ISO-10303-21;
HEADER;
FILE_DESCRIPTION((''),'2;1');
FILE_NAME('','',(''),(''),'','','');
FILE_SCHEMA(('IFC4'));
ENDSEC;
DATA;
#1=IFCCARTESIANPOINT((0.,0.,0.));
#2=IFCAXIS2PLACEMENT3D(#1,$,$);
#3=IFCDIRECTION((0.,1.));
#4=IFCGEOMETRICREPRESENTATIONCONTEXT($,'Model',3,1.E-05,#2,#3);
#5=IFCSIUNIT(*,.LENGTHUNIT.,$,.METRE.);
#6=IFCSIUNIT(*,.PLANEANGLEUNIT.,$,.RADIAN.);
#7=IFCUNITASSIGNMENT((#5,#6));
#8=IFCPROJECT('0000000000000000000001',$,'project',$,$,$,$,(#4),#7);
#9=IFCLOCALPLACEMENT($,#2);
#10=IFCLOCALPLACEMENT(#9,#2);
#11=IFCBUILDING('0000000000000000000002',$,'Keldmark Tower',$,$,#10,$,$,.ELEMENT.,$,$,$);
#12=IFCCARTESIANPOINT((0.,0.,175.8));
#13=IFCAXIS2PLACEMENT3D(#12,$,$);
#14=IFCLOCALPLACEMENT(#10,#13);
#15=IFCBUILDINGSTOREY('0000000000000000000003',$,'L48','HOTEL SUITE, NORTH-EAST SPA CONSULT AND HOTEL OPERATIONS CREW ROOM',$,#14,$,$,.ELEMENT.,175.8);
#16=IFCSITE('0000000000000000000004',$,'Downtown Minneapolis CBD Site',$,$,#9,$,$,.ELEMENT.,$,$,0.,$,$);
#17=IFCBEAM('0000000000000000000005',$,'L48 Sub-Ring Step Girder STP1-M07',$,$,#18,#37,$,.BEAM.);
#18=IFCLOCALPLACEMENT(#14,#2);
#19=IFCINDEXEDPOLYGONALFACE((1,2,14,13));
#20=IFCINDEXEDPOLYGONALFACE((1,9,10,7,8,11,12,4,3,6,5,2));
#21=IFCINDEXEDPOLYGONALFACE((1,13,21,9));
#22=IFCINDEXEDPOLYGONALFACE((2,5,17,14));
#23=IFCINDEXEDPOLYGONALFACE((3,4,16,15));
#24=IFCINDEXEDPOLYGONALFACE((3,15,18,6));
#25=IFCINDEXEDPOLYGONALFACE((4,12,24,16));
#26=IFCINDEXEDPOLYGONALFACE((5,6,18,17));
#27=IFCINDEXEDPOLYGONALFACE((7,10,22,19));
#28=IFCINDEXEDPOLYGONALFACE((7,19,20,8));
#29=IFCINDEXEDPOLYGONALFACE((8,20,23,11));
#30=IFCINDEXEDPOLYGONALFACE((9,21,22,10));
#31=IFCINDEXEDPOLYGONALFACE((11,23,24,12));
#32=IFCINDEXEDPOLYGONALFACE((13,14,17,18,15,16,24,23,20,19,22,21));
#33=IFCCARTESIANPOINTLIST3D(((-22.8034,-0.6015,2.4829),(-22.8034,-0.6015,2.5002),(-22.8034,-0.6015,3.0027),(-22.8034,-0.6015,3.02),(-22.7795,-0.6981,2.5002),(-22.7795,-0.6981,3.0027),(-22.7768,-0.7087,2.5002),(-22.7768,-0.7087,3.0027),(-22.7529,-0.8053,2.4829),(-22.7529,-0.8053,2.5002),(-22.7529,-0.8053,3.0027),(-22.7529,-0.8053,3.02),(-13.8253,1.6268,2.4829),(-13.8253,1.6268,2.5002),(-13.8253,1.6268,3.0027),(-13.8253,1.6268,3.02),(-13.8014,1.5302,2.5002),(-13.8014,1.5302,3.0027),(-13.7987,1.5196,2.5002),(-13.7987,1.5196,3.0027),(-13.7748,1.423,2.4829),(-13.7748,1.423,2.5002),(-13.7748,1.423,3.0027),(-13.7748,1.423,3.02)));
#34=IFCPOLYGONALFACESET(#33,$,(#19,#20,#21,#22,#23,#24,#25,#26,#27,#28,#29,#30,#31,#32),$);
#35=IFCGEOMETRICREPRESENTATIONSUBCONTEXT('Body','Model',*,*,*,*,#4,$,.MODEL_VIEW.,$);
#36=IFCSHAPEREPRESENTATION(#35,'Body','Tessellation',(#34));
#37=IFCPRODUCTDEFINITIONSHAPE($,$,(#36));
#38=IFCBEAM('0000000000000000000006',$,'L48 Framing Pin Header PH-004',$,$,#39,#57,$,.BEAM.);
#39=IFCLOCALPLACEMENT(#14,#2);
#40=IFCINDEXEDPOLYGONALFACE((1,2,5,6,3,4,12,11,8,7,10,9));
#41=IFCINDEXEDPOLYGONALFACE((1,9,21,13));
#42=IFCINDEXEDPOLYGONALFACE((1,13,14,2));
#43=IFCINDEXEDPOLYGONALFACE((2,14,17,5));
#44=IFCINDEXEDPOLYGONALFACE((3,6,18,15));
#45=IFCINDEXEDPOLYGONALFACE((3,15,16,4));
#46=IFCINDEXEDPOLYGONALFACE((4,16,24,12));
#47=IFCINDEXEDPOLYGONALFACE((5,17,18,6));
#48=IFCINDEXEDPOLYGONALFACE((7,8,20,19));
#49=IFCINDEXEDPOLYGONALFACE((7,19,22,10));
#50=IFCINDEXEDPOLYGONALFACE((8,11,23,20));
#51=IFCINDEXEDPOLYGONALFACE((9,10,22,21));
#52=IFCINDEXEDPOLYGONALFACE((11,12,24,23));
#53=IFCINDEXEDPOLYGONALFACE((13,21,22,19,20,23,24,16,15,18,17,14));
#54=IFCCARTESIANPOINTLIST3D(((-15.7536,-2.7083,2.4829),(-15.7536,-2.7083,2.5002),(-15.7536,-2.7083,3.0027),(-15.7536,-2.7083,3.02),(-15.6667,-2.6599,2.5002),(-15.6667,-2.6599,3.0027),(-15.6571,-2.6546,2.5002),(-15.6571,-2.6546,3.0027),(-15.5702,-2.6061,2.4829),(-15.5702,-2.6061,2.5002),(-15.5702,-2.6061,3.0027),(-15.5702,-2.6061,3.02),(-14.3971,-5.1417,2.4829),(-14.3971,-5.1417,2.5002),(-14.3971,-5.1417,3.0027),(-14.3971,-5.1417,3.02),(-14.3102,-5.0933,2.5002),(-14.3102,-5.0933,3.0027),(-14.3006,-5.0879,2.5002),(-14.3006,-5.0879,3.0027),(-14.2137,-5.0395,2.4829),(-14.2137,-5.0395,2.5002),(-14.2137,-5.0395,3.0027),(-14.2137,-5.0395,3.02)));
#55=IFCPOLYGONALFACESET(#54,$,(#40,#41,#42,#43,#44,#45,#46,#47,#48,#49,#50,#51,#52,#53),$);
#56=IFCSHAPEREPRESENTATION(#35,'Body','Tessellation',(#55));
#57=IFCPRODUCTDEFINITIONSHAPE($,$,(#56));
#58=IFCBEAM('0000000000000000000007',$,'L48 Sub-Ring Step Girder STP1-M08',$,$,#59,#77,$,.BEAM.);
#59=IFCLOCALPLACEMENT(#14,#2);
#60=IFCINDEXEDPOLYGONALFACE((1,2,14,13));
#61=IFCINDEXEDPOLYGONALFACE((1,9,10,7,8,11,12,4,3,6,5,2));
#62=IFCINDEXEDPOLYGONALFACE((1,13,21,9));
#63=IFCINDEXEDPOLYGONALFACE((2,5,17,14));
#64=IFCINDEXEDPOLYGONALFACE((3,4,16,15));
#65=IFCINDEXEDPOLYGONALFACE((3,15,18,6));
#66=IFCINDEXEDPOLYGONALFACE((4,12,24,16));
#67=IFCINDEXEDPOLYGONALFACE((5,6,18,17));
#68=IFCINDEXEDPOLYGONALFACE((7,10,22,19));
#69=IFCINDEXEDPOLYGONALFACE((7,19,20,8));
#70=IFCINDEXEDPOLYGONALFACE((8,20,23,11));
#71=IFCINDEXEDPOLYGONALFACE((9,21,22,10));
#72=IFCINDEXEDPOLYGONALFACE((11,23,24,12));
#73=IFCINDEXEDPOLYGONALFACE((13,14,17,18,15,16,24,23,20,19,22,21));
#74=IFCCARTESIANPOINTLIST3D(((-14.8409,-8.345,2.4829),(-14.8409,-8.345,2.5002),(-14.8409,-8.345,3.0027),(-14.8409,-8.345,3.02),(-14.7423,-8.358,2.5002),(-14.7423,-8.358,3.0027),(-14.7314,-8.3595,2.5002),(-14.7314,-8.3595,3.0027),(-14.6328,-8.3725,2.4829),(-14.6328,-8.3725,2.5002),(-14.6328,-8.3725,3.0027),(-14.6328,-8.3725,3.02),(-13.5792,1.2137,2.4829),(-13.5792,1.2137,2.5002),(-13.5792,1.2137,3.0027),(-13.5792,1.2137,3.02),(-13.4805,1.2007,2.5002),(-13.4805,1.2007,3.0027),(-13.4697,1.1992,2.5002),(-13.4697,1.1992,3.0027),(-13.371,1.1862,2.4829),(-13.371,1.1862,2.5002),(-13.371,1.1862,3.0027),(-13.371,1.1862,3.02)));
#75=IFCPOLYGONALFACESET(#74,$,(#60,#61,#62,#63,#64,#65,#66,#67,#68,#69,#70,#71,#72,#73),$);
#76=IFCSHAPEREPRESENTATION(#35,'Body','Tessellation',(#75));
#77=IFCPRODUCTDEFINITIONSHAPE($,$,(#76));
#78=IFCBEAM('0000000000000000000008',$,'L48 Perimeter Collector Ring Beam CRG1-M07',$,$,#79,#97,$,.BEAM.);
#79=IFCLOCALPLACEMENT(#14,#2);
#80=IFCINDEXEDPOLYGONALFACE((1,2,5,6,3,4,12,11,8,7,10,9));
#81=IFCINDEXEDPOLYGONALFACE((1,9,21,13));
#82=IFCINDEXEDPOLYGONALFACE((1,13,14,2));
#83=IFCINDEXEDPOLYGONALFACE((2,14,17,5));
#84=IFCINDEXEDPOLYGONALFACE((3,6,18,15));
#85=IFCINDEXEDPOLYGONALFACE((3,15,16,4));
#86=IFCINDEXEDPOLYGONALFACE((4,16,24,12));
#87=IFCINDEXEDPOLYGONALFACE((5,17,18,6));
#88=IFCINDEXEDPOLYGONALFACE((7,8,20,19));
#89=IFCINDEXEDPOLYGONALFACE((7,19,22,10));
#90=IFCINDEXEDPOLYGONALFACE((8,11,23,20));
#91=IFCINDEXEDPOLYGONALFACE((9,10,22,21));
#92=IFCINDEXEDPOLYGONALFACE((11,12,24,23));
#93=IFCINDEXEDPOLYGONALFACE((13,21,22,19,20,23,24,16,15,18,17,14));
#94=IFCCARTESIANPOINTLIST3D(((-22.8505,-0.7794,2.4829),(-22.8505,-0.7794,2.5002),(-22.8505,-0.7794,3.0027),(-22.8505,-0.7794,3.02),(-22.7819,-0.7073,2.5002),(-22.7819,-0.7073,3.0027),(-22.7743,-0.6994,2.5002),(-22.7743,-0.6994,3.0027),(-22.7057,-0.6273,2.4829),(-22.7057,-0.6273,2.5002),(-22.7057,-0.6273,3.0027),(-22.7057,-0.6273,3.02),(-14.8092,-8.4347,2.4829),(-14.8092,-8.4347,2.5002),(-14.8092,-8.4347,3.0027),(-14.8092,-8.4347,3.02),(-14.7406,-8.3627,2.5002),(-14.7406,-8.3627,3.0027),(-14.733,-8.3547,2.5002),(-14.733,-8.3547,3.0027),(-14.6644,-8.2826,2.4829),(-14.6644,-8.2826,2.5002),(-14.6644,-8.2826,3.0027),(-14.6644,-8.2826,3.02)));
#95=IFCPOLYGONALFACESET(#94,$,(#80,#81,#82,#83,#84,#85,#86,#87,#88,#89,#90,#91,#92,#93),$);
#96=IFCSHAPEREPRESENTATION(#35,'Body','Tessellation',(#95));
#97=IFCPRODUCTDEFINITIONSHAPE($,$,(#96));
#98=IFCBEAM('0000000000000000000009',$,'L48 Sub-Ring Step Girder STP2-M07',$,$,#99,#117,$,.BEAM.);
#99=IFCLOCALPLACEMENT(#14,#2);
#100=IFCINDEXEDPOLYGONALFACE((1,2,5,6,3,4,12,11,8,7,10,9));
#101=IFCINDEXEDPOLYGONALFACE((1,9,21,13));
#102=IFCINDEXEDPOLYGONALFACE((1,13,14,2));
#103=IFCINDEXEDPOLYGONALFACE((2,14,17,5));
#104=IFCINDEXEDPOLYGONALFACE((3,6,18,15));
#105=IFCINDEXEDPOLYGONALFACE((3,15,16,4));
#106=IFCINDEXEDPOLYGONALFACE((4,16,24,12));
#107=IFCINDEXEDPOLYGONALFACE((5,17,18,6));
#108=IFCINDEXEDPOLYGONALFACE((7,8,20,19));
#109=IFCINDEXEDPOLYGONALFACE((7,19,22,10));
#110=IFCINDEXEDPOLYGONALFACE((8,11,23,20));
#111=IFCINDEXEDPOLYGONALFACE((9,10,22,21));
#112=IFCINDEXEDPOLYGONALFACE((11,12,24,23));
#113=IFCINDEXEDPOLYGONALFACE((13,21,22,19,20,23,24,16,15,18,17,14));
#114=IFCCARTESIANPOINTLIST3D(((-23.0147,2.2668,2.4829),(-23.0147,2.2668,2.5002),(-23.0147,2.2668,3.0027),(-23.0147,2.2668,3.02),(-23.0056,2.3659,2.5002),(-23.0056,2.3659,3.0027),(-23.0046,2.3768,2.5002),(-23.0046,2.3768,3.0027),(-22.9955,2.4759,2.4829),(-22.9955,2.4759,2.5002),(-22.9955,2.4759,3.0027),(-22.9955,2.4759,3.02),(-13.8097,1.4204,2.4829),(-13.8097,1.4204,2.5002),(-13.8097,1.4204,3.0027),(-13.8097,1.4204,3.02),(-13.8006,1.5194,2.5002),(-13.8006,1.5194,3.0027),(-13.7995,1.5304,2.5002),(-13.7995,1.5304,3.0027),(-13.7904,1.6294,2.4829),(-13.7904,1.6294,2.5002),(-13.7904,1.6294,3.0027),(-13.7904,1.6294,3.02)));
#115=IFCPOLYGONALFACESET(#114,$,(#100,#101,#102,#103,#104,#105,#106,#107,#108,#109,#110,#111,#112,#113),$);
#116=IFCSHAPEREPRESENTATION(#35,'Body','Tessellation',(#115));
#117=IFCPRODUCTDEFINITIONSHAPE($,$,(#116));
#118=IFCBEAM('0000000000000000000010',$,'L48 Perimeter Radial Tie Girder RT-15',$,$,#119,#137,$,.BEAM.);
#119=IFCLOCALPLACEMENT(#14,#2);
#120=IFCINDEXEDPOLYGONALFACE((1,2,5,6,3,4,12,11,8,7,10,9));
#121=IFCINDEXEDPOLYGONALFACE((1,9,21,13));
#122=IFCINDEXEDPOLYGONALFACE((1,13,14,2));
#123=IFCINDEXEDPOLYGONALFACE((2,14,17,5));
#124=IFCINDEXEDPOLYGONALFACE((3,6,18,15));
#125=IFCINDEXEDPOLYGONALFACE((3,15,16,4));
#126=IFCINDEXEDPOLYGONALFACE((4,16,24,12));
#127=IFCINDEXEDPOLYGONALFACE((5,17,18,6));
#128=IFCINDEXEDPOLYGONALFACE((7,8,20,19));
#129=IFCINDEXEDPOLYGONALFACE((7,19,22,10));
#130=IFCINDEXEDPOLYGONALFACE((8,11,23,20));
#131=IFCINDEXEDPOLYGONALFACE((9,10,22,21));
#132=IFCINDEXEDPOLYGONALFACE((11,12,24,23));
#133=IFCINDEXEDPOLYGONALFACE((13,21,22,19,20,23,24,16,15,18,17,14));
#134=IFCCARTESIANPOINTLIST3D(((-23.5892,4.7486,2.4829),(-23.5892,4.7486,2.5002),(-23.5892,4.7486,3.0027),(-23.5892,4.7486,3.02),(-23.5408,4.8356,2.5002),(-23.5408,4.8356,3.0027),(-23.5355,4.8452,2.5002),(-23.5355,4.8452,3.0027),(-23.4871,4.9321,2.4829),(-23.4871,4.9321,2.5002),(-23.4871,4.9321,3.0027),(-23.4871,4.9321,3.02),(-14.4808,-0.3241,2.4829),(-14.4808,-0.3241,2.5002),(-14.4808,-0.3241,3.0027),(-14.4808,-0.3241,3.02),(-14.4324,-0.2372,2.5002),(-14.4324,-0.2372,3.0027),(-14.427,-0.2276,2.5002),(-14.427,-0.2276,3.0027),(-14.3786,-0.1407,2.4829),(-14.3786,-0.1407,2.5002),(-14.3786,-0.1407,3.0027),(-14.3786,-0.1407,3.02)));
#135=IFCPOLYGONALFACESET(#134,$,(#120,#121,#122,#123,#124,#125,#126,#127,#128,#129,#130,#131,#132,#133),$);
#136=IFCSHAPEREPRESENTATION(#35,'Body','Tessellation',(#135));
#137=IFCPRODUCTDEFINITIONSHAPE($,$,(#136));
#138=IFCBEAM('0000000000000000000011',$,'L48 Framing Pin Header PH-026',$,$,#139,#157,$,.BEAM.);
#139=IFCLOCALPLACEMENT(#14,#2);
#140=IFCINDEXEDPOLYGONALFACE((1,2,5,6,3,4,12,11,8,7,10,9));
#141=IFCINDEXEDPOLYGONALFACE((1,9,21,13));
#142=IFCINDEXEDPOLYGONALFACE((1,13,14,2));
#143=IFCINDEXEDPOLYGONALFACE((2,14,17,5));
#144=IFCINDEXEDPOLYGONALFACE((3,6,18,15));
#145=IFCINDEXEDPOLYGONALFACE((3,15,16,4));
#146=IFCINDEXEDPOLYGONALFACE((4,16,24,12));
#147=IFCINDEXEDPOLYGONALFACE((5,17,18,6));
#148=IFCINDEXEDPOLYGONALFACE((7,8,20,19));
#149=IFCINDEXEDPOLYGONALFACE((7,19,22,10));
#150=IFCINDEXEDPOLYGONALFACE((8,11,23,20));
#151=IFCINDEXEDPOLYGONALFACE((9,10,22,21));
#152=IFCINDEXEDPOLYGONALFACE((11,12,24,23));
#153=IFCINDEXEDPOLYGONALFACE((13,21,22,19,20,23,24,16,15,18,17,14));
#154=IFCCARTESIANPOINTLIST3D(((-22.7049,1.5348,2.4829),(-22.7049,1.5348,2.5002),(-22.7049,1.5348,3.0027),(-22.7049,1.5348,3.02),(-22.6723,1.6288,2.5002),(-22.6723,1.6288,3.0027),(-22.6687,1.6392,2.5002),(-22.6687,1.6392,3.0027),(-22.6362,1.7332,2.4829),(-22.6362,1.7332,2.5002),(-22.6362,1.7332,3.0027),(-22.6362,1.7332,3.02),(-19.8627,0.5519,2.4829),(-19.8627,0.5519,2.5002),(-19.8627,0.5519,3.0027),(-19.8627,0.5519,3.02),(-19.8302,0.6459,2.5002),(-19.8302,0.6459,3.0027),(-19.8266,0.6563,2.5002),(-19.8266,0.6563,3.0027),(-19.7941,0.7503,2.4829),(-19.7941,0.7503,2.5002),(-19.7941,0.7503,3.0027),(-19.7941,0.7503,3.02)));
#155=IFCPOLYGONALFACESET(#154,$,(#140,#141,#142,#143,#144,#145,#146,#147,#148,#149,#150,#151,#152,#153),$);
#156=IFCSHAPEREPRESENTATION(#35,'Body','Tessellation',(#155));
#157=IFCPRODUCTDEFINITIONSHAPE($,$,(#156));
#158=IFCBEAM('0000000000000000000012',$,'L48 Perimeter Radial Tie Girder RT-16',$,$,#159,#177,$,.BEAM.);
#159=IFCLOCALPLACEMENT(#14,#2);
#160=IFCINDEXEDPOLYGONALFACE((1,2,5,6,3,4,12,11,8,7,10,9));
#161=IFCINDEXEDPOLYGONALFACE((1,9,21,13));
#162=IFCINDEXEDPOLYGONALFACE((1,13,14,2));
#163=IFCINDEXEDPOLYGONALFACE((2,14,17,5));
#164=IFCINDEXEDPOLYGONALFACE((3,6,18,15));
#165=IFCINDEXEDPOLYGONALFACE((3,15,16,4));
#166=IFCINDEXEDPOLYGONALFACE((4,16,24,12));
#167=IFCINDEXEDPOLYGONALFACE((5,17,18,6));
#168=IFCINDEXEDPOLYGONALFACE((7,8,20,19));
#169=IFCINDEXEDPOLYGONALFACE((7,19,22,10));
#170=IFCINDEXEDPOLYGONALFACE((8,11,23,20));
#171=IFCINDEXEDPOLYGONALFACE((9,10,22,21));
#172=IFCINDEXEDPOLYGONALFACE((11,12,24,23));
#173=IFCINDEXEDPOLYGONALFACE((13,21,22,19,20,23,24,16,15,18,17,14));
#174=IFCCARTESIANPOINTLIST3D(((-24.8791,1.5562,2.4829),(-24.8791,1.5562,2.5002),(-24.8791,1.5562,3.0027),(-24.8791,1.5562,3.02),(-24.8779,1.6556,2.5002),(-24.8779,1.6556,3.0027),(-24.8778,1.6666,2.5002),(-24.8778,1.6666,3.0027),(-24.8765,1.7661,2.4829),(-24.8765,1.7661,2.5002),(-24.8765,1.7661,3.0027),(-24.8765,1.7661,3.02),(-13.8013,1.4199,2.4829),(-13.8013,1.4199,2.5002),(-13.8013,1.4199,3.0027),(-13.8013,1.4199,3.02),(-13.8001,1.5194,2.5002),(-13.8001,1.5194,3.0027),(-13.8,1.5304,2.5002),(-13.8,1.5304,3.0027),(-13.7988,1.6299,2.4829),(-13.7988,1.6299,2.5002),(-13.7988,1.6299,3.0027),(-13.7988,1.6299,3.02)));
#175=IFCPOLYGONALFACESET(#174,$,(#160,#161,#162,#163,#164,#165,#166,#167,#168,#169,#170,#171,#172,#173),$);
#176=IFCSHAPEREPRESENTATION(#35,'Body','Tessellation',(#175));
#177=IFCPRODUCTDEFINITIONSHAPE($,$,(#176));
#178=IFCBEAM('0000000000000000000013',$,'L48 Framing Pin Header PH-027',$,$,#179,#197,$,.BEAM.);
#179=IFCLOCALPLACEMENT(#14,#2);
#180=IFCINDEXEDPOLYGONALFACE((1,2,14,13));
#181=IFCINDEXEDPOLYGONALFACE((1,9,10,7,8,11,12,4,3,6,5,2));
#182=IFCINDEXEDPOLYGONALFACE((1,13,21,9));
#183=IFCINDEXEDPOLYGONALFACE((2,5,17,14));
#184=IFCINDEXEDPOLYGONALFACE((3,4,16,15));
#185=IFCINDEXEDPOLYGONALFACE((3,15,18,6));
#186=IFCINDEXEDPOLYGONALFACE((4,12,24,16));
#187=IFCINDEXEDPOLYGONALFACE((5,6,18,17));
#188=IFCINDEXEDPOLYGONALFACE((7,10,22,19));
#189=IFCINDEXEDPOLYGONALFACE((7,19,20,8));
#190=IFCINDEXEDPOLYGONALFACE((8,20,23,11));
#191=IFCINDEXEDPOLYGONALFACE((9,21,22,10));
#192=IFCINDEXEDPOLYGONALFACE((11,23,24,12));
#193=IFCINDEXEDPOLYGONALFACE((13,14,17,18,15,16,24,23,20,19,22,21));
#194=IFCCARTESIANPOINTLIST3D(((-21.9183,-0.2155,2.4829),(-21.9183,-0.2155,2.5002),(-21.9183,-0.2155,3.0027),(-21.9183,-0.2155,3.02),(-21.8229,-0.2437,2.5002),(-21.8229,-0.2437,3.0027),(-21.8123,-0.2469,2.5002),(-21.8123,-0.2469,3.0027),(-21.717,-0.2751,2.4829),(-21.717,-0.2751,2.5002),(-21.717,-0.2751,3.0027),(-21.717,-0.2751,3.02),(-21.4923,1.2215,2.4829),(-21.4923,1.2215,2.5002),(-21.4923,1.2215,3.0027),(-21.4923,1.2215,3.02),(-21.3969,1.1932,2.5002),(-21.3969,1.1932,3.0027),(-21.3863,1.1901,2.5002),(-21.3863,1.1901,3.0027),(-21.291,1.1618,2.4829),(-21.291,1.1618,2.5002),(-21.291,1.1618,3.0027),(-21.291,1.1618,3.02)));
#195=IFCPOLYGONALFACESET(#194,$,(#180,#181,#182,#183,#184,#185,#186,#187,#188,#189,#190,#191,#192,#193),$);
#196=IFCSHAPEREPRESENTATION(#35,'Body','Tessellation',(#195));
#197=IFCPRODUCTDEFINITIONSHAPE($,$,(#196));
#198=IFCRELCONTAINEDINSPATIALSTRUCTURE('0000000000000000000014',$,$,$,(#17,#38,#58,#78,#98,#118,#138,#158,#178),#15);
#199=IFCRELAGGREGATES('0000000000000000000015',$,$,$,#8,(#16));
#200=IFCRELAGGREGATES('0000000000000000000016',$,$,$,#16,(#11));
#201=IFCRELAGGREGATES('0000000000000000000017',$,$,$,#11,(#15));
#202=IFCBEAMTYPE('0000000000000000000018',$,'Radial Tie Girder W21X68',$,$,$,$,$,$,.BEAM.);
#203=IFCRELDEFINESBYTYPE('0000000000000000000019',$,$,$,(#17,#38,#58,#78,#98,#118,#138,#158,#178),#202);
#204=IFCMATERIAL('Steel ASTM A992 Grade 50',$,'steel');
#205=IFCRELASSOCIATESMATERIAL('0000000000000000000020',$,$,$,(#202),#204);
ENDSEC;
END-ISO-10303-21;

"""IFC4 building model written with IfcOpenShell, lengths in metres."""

from ifc_helpers import new_model, si_unit, direction, frame, origin, origin_2d, place, context, subcontext, project, spatial, i_section, extrude, material, material_profile, profile_set, type_object, element, save


model = new_model("IFC4")

# Units and contexts
model_context = context("Model", 3, precision=1e-05, world=origin(), true_north=direction((0.0, 1.0)))
body_context = subcontext(model_context, "Body", "Model", "MODEL_VIEW")
ifc_project = project(units=[si_unit("LENGTHUNIT", "METRE"), si_unit("PLANEANGLEUNIT", "RADIAN")], contexts=[model_context])

# Site, building, storey
site_placement = place(None, origin())
site = spatial("IfcSite", under=ifc_project, at=site_placement, Name="Downtown Minneapolis CBD Site", CompositionType="ELEMENT", RefElevation=0.0)
building_placement = place(site_placement, origin())
building = spatial("IfcBuilding", under=site, at=building_placement, Name="Keldmark Tower", CompositionType="ELEMENT")
storey_placement = place(building_placement, frame((0.0, 0.0, 175.8)))
storey = spatial("IfcBuildingStorey", under=building, at=storey_placement, Name="L48", Description="HOTEL SUITE, NORTH-EAST SPA CONSULT AND HOTEL OPERATIONS CREW ROOM", CompositionType="ELEMENT", Elevation=175.8)

# Beams
ifc_material_1 = material(Name="Steel ASTM A992 Grade 50", Category="steel")
ifc_material_profile_1 = material_profile(ifc_material_1, i_section(OverallWidth=0.21, OverallDepth=0.5371, WebThickness=0.011, FlangeThickness=0.0173, at=origin_2d()), Name="W21X68")
ifc_profile_set_1 = profile_set([ifc_material_profile_1], Name="Steel ASTM A992 Grade 50")
beam_type_1 = type_object("IfcBeamType", Name="Radial Tie Girder W21X68", PredefinedType="BEAM", material=ifc_profile_set_1)
beam_1_placement = place(storey_placement, frame((-13.8, 1.5249, 2.7515), z_axis=(-0.970554, -0.240883, 0.0), x_axis=(0.240883, -0.970554, 0.0)))
element("IfcBeam", 1, at=beam_1_placement, inside=storey, type_object=beam_type_1, Name="L48 Sub-Ring Step Girder STP1-M07", PredefinedType="BEAM", context=body_context, shape_type="SweptSolid", body=[
    extrude(i_section(OverallWidth=0.21, OverallDepth=0.5371, WebThickness=0.011, FlangeThickness=0.0173, at=origin_2d()), origin(), (0.0, 0.0, 1.0), 9.2505),
])
beam_2_placement = place(storey_placement, frame((-15.6619, -2.6572, 2.7515), z_axis=(0.4869, -0.873458, 0.0), x_axis=(0.873458, 0.4869, 0.0)))
element("IfcBeam", 2, at=beam_2_placement, inside=storey, type_object=beam_type_1, Name="L48 Framing Pin Header PH-004", PredefinedType="BEAM", context=body_context, shape_type="SweptSolid", body=[
    extrude(i_section(OverallWidth=0.21, OverallDepth=0.5371, WebThickness=0.011, FlangeThickness=0.0173, at=origin_2d()), origin(), (0.0, 0.0, 1.0), 2.7859),
])
beam_3_placement = place(storey_placement, frame((-13.4751, 1.2, 2.7515), z_axis=(-0.130863, -0.9914, 0.0), x_axis=(0.9914, -0.130863, 0.0)))
element("IfcBeam", 3, at=beam_3_placement, inside=storey, type_object=beam_type_1, Name="L48 Sub-Ring Step Girder STP1-M08", PredefinedType="BEAM", context=body_context, shape_type="SweptSolid", body=[
    extrude(i_section(OverallWidth=0.21, OverallDepth=0.5371, WebThickness=0.011, FlangeThickness=0.0173, at=origin_2d()), origin(), (0.0, 0.0, 1.0), 9.6416),
])
beam_4_placement = place(storey_placement, frame((-22.7781, -0.7034, 2.7515), z_axis=(0.724276, -0.68951, 0.0), x_axis=(0.68951, 0.724276, 0.0)))
element("IfcBeam", 4, at=beam_4_placement, inside=storey, type_object=beam_type_1, Name="L48 Perimeter Collector Ring Beam CRG1-M07", PredefinedType="BEAM", context=body_context, shape_type="SweptSolid", body=[
    extrude(i_section(OverallWidth=0.21, OverallDepth=0.5371, WebThickness=0.011, FlangeThickness=0.0173, at=origin_2d()), origin(), (0.0, 0.0, 1.0), 11.1025),
])
beam_5_placement = place(storey_placement, frame((-13.8, 1.5249, 2.7515), z_axis=(-0.995799, 0.091567, 0.0), x_axis=(-0.091567, -0.995799, 0.0)))
element("IfcBeam", 5, at=beam_5_placement, inside=storey, type_object=beam_type_1, Name="L48 Sub-Ring Step Girder STP2-M07", PredefinedType="BEAM", context=body_context, shape_type="SweptSolid", body=[
    extrude(i_section(OverallWidth=0.21, OverallDepth=0.5371, WebThickness=0.011, FlangeThickness=0.0173, at=origin_2d()), origin(), (0.0, 0.0, 1.0), 9.2439),
])
beam_6_placement = place(storey_placement, frame((-14.4297, -0.2324, 2.7515), z_axis=(-0.873646, 0.486561, 0.0), x_axis=(-0.486561, -0.873646, 0.0)))
element("IfcBeam", 6, at=beam_6_placement, inside=storey, type_object=beam_type_1, Name="L48 Perimeter Radial Tie Girder RT-15", PredefinedType="BEAM", context=body_context, shape_type="SweptSolid", body=[
    extrude(i_section(OverallWidth=0.21, OverallDepth=0.5371, WebThickness=0.011, FlangeThickness=0.0173, at=origin_2d()), origin(), (0.0, 0.0, 1.0), 10.4258),
])
beam_7_placement = place(storey_placement, frame((-19.8284, 0.6511, 2.7515), z_axis=(-0.945084, 0.326826, 0.0), x_axis=(-0.326826, -0.945084, 0.0)))
element("IfcBeam", 7, at=beam_7_placement, inside=storey, type_object=beam_type_1, Name="L48 Framing Pin Header PH-026", PredefinedType="BEAM", context=body_context, shape_type="SweptSolid", body=[
    extrude(i_section(OverallWidth=0.21, OverallDepth=0.5371, WebThickness=0.011, FlangeThickness=0.0173, at=origin_2d()), origin(), (0.0, 0.0, 1.0), 3.0073),
])
beam_8_placement = place(storey_placement, frame((-13.8, 1.5249, 2.7515), z_axis=(-0.999924, 0.012297, 0.0), x_axis=(-0.012297, -0.999924, 0.0)))
element("IfcBeam", 8, at=beam_8_placement, inside=storey, type_object=beam_type_1, Name="L48 Perimeter Radial Tie Girder RT-16", PredefinedType="BEAM", context=body_context, shape_type="SweptSolid", body=[
    extrude(i_section(OverallWidth=0.21, OverallDepth=0.5371, WebThickness=0.011, FlangeThickness=0.0173, at=origin_2d()), origin(), (0.0, 0.0, 1.0), 11.0786),
])
beam_9_placement = place(storey_placement, frame((-21.3916, 1.1917, 2.7515), z_axis=(-0.284238, -0.958754, 0.0), x_axis=(0.958754, -0.284238, 0.0)))
element("IfcBeam", 9, at=beam_9_placement, inside=storey, type_object=beam_type_1, Name="L48 Framing Pin Header PH-027", PredefinedType="BEAM", context=body_context, shape_type="SweptSolid", body=[
    extrude(i_section(OverallWidth=0.21, OverallDepth=0.5371, WebThickness=0.011, FlangeThickness=0.0173, at=origin_2d()), origin(), (0.0, 0.0, 1.0), 1.4988),
])

save(model, "model.ifc")
